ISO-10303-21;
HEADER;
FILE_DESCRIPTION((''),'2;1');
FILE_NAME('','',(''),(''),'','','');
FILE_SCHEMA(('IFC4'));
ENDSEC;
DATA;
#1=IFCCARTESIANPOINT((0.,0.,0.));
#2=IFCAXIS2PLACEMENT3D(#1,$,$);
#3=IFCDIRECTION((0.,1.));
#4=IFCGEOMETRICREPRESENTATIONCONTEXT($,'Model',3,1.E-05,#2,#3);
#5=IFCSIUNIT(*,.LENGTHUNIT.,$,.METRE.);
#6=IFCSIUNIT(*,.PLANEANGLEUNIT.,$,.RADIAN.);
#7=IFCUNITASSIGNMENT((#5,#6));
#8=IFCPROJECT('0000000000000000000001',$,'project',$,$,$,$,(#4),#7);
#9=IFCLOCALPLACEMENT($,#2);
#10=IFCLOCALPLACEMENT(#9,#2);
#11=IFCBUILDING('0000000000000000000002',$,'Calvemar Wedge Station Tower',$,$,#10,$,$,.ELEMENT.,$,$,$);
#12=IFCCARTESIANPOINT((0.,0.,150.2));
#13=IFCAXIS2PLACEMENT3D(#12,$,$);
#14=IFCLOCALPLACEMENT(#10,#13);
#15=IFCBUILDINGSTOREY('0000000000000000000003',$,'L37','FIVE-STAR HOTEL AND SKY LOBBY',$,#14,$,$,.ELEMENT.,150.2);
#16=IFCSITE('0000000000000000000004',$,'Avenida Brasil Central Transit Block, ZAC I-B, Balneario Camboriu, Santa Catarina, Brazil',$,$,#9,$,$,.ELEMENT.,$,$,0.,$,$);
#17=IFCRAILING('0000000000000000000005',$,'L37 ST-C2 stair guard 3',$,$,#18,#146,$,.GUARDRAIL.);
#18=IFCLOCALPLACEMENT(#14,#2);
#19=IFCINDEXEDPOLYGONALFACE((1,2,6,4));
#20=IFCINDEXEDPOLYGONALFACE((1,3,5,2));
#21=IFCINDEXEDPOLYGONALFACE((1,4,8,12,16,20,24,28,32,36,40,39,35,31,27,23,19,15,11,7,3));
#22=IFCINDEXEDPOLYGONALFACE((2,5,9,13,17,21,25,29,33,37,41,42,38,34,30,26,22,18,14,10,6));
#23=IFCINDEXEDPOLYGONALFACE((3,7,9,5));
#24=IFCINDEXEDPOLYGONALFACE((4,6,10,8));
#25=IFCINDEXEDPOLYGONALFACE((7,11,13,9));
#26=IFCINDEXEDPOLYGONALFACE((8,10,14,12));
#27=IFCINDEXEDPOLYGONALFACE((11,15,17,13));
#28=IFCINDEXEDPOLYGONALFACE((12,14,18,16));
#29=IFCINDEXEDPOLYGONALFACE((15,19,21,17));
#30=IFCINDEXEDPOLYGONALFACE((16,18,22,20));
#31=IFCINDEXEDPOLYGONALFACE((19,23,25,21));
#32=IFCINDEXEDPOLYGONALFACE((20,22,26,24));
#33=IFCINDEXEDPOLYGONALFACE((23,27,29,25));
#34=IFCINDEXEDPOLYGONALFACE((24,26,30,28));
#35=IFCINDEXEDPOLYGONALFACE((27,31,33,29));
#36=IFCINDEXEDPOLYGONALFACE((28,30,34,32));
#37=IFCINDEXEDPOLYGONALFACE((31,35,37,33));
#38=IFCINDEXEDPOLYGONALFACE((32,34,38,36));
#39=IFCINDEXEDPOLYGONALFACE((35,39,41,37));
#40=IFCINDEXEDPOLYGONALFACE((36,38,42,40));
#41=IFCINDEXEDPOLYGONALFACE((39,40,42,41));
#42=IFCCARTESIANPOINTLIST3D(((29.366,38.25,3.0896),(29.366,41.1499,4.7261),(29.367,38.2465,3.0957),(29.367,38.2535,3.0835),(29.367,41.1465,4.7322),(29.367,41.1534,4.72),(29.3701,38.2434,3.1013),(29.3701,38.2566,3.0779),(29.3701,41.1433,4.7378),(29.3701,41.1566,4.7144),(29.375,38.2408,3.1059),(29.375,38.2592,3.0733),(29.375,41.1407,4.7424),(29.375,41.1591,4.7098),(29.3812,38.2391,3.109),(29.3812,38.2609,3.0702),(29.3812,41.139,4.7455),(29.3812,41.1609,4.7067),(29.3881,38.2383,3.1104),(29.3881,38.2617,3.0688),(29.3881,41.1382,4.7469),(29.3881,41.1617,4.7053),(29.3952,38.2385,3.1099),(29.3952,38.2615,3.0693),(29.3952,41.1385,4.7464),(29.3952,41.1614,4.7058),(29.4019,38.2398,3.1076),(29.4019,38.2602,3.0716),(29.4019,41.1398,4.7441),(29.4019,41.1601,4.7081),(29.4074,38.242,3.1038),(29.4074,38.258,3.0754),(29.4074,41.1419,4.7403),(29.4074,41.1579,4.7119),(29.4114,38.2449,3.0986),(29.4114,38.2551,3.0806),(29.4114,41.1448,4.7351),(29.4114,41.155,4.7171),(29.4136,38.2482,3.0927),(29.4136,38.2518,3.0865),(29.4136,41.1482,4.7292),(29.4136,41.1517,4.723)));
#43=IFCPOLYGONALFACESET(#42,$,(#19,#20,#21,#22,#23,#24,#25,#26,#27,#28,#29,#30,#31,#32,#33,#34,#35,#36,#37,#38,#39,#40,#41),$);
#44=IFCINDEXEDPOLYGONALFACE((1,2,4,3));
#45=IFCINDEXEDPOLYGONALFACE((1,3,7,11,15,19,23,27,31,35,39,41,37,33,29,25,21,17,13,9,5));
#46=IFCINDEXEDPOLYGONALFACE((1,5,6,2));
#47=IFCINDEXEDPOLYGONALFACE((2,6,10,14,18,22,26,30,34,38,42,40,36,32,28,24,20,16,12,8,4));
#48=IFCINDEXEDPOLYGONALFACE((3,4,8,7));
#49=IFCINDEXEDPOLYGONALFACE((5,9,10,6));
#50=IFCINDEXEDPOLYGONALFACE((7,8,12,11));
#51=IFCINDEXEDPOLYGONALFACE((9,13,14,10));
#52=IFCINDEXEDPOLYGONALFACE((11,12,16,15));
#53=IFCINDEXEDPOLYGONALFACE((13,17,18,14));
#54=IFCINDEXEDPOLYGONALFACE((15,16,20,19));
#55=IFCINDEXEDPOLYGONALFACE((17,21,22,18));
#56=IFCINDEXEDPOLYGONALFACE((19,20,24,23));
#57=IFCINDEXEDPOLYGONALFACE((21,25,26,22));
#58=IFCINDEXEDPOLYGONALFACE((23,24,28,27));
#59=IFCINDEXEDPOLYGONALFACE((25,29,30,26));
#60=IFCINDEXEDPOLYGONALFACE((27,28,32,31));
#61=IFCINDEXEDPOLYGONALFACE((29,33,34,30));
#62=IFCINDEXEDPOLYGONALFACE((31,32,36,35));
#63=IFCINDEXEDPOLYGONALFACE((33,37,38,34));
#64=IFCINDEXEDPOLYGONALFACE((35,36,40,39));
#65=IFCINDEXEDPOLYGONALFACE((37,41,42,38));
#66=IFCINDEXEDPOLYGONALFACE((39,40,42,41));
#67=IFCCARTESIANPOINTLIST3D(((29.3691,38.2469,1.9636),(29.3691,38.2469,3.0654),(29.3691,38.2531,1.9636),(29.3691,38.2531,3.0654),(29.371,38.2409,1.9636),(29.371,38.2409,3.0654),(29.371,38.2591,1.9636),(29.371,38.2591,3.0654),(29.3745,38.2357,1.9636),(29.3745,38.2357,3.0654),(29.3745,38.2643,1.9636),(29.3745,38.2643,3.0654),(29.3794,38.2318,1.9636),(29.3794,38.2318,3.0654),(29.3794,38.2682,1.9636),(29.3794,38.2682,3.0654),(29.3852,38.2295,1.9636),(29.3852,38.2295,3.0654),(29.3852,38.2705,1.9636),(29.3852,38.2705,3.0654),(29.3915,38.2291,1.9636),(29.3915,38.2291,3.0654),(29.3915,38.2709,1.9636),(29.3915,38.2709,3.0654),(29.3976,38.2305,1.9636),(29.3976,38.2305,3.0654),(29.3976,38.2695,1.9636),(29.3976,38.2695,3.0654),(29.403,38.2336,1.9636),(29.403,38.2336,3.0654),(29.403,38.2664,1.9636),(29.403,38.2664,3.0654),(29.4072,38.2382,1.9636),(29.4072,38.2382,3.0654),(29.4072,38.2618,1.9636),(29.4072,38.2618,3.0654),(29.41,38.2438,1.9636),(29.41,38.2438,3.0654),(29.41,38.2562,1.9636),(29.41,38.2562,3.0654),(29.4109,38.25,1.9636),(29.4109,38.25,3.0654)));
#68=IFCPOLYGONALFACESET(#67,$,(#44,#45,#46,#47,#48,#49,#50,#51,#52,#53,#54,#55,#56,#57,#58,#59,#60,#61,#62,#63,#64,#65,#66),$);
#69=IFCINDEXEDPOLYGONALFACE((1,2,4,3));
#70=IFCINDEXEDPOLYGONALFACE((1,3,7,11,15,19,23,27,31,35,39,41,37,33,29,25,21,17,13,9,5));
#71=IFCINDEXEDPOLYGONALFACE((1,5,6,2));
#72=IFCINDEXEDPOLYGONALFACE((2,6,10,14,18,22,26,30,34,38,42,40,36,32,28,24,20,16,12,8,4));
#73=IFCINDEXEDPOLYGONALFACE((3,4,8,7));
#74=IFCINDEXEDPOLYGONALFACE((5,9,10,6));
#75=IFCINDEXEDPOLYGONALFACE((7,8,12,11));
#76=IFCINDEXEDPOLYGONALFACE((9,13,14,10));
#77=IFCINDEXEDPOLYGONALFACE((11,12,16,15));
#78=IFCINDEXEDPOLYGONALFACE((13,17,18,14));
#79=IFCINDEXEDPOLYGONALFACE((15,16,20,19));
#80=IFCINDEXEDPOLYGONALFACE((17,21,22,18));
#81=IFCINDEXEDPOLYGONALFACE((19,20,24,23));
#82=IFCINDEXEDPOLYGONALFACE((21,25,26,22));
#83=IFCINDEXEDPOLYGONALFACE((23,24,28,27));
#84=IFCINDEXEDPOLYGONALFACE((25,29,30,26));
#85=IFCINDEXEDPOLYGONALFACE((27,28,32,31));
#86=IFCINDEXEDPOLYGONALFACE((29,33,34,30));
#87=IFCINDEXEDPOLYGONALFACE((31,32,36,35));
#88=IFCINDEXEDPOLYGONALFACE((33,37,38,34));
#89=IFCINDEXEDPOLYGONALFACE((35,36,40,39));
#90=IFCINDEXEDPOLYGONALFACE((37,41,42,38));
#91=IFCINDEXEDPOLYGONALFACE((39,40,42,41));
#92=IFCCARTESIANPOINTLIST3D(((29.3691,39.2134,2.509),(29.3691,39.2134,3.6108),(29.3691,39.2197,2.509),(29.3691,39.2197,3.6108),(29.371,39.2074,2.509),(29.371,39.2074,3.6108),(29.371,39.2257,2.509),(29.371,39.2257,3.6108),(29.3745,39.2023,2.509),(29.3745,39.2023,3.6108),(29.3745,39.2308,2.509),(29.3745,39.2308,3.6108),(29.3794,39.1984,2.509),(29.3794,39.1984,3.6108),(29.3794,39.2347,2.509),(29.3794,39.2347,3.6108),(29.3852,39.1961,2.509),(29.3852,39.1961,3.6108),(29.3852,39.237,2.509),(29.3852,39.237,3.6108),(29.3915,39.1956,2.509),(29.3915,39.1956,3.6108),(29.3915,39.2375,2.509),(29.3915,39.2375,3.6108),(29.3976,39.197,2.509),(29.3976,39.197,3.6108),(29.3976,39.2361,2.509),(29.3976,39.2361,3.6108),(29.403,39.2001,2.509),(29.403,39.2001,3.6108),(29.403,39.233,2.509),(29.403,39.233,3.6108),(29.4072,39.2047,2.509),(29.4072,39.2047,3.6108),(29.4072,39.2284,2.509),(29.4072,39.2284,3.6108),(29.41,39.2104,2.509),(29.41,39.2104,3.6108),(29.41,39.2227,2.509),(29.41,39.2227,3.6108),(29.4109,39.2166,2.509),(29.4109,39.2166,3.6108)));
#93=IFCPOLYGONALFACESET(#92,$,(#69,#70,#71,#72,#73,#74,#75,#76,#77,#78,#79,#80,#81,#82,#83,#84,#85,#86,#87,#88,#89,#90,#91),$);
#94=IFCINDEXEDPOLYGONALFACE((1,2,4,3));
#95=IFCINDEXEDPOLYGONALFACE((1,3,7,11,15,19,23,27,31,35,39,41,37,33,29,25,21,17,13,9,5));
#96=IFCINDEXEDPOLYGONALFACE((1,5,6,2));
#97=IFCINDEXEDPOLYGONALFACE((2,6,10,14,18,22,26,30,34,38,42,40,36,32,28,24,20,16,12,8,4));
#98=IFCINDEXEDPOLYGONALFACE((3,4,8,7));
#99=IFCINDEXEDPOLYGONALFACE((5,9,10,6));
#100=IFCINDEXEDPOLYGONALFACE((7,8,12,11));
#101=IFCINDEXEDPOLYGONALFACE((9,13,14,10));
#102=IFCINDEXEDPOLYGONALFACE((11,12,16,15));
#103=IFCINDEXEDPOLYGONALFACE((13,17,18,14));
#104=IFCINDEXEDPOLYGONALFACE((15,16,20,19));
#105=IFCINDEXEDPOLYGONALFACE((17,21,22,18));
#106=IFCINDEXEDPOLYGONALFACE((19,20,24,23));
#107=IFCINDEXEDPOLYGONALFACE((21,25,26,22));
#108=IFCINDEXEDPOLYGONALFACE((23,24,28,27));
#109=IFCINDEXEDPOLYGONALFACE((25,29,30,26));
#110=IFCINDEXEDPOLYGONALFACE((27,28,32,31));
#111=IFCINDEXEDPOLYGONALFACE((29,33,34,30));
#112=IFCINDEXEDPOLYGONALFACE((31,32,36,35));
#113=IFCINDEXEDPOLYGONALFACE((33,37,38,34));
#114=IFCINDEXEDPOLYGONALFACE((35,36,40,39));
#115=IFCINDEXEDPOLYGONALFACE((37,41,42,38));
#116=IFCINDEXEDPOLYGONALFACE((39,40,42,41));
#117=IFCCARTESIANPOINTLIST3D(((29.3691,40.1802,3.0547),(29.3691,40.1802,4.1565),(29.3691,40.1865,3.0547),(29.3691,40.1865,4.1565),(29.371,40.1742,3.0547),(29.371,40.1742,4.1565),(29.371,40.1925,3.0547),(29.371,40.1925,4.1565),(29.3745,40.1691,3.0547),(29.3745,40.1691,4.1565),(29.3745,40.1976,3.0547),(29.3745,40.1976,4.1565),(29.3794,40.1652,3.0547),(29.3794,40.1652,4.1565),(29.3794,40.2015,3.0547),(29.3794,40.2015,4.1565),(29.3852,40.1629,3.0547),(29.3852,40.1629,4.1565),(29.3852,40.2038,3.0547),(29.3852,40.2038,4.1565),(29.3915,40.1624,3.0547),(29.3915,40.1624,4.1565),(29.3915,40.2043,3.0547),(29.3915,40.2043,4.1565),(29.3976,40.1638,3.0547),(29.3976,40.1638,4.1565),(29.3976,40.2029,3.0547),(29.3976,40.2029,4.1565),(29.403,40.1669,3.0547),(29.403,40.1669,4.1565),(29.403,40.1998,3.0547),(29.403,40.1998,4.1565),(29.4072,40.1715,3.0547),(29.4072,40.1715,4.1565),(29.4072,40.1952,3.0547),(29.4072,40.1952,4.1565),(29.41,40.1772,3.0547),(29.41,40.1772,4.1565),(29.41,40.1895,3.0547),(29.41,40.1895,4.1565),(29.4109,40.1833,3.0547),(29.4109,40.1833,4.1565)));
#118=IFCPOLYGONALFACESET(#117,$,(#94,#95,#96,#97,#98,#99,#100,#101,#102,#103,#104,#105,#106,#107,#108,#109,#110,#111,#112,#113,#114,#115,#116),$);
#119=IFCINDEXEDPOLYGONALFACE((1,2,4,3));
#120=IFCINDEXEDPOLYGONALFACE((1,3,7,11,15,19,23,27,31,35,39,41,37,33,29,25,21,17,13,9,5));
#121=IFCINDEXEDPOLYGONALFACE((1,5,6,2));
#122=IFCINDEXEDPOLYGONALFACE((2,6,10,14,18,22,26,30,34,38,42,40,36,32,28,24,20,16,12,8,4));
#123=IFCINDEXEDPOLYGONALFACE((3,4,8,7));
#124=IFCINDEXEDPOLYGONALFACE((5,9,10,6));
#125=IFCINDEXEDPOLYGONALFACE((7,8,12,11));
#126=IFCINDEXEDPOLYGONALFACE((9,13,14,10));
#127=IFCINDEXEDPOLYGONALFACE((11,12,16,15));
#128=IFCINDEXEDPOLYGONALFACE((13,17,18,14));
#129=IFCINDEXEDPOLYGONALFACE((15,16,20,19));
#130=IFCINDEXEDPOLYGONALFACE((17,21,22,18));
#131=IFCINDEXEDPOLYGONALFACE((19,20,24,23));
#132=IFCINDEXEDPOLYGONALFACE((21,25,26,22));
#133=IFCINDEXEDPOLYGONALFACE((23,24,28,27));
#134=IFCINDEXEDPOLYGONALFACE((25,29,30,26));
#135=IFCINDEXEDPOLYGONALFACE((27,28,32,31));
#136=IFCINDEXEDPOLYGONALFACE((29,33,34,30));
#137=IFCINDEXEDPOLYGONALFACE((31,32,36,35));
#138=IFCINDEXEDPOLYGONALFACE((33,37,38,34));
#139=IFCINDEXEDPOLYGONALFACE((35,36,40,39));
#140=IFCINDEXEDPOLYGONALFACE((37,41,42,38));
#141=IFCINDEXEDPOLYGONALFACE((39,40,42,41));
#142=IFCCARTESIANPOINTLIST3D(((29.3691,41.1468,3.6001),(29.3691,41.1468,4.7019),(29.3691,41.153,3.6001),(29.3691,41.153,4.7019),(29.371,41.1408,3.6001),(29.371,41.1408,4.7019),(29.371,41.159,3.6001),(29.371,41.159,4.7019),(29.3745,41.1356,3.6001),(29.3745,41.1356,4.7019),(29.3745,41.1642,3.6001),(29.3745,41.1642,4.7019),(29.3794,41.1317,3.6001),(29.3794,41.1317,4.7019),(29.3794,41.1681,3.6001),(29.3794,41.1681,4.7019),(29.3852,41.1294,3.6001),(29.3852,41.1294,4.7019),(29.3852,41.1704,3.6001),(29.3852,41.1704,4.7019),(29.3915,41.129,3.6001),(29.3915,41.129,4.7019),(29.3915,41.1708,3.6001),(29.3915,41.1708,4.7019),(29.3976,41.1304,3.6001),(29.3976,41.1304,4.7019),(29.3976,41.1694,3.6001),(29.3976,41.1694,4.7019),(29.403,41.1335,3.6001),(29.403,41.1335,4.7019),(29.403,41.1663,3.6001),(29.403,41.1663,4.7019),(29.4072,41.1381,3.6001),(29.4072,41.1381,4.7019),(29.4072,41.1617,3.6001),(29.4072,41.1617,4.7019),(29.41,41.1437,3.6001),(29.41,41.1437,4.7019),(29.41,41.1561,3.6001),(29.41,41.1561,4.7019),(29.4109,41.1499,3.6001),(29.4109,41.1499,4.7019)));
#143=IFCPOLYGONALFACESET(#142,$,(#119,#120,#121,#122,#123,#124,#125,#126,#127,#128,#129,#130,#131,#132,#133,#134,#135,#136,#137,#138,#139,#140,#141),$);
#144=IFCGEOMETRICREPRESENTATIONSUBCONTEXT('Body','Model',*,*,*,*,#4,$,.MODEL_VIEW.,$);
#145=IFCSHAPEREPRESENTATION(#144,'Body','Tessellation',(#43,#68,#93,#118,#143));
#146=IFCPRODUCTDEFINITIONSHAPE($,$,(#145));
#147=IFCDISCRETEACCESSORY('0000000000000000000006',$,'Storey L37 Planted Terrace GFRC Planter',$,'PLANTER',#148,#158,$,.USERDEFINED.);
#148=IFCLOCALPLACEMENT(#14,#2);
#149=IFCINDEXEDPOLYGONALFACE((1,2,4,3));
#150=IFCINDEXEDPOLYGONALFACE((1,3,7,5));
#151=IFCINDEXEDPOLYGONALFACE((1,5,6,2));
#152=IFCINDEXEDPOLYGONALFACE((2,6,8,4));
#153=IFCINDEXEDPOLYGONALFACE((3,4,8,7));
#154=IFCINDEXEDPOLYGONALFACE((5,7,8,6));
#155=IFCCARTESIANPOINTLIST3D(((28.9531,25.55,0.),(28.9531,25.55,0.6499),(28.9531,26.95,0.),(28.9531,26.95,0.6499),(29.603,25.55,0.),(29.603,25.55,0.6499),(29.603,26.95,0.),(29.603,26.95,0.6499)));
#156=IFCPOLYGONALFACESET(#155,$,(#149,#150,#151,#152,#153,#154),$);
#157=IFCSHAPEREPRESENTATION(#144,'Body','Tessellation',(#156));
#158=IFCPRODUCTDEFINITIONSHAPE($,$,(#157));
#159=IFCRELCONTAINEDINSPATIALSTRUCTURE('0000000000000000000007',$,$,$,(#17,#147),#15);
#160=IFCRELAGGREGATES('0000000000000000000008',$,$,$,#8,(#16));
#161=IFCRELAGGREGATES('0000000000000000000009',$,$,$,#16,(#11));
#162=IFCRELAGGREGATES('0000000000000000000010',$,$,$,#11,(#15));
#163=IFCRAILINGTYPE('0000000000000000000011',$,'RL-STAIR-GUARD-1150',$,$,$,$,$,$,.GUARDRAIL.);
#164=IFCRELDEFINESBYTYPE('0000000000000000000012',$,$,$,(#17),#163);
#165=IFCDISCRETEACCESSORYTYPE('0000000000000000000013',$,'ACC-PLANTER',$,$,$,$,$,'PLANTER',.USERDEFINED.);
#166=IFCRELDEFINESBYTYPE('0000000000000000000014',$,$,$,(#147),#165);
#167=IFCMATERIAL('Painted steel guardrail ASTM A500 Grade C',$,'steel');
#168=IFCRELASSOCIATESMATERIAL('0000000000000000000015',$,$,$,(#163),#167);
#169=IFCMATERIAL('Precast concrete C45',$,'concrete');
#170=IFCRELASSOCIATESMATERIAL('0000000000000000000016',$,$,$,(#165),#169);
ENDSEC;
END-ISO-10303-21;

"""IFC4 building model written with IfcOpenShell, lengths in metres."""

from ifc_helpers import new_model, si_unit, direction, frame, origin, origin_2d, place, context, subcontext, project, spatial, rectangle, circle, extrude, source, transform, mapped, material, type_object, element, save


model = new_model("IFC4")

# Units and contexts
model_context = context("Model", 3, precision=1e-05, world=origin(), true_north=direction((0.0, 1.0)))
body_context = subcontext(model_context, "Body", "Model", "MODEL_VIEW")
ifc_project = project(units=[si_unit("LENGTHUNIT", "METRE"), si_unit("PLANEANGLEUNIT", "RADIAN")], contexts=[model_context])

# Site, building, storey
site_placement = place(None, origin())
site = spatial("IfcSite", under=ifc_project, at=site_placement, Name="Avenida Brasil Central Transit Block, ZAC I-B, Balneario Camboriu, Santa Catarina, Brazil", CompositionType="ELEMENT", RefElevation=0.0)
building_placement = place(site_placement, origin())
building = spatial("IfcBuilding", under=site, at=building_placement, Name="Calvemar Wedge Station Tower", CompositionType="ELEMENT")
storey_placement = place(building_placement, frame((0.0, 0.0, 150.2)))
storey = spatial("IfcBuildingStorey", under=building, at=storey_placement, Name="L37", Description="FIVE-STAR HOTEL AND SKY LOBBY", CompositionType="ELEMENT", Elevation=150.2)

# Shared definitions
ifc_material_1 = material(Name="Precast concrete C45", Category="concrete")

# Railing
ifc_material_2 = material(Name="Painted steel guardrail ASTM A500 Grade C", Category="steel")
railing_type_1 = type_object("IfcRailingType", Name="RL-STAIR-GUARD-1150", PredefinedType="GUARDRAIL", material=ifc_material_2)
railing_1_placement = place(storey_placement, frame((29.3899, 38.25, 1.9636)))
element("IfcRailing", 1, at=railing_1_placement, inside=storey, type_object=railing_type_1, Name="L37 ST-C2 stair guard 3", PredefinedType="GUARDRAIL", context=body_context, shape_type="SweptSolid", body=[
    extrude(circle(Radius=0.0239, at=origin_2d()), frame((0.0, 0.0, 1.126), z_axis=(0.0, 0.870897, 0.491465), x_axis=(-1.0, 0.0, 0.0)), (0.0, 0.0, 1.0), 3.3298),
    extrude(circle(Radius=0.021, at=origin_2d()), origin(), (0.0, 0.0, 1.0), 1.1018),
    extrude(circle(Radius=0.021, at=origin_2d()), frame((0.0, 0.9666, 0.5454)), (0.0, 0.0, 1.0), 1.1018),
    extrude(circle(Radius=0.021, at=origin_2d()), frame((0.0, 1.9333, 1.0911)), (0.0, 0.0, 1.0), 1.1018),
    extrude(circle(Radius=0.021, at=origin_2d()), frame((0.0, 2.8999, 1.6365)), (0.0, 0.0, 1.0), 1.1018),
])

# Discrete accessory
discrete_accessory_type = type_object("IfcDiscreteAccessoryType", Name="ACC-PLANTER", ElementType="PLANTER", PredefinedType="USERDEFINED", material=ifc_material_1)
shared_shape_1 = source(origin(), body_context, "Body", "SweptSolid", [
    extrude(rectangle(XDim=0.6499, YDim=1.3999, at=origin_2d()), origin(), (0.0, 0.0, 1.0), 0.6499),
])
discrete_accessory_placement = place(storey_placement, frame((29.2781, 26.25, 0.0), z_axis=(0.0, 0.0, 1.0), x_axis=(1.0, 0.0, 0.0)))
element("IfcDiscreteAccessory", 2, at=discrete_accessory_placement, inside=storey, type_object=discrete_accessory_type, Name="Storey L37 Planted Terrace GFRC Planter", ObjectType="PLANTER", PredefinedType="USERDEFINED", context=body_context, shape_type="MappedRepresentation", body=[
    mapped(shared_shape_1, transform((0.0, 0.0, 0.0), scale=1.0)),
])

save(model, "model.ifc")
